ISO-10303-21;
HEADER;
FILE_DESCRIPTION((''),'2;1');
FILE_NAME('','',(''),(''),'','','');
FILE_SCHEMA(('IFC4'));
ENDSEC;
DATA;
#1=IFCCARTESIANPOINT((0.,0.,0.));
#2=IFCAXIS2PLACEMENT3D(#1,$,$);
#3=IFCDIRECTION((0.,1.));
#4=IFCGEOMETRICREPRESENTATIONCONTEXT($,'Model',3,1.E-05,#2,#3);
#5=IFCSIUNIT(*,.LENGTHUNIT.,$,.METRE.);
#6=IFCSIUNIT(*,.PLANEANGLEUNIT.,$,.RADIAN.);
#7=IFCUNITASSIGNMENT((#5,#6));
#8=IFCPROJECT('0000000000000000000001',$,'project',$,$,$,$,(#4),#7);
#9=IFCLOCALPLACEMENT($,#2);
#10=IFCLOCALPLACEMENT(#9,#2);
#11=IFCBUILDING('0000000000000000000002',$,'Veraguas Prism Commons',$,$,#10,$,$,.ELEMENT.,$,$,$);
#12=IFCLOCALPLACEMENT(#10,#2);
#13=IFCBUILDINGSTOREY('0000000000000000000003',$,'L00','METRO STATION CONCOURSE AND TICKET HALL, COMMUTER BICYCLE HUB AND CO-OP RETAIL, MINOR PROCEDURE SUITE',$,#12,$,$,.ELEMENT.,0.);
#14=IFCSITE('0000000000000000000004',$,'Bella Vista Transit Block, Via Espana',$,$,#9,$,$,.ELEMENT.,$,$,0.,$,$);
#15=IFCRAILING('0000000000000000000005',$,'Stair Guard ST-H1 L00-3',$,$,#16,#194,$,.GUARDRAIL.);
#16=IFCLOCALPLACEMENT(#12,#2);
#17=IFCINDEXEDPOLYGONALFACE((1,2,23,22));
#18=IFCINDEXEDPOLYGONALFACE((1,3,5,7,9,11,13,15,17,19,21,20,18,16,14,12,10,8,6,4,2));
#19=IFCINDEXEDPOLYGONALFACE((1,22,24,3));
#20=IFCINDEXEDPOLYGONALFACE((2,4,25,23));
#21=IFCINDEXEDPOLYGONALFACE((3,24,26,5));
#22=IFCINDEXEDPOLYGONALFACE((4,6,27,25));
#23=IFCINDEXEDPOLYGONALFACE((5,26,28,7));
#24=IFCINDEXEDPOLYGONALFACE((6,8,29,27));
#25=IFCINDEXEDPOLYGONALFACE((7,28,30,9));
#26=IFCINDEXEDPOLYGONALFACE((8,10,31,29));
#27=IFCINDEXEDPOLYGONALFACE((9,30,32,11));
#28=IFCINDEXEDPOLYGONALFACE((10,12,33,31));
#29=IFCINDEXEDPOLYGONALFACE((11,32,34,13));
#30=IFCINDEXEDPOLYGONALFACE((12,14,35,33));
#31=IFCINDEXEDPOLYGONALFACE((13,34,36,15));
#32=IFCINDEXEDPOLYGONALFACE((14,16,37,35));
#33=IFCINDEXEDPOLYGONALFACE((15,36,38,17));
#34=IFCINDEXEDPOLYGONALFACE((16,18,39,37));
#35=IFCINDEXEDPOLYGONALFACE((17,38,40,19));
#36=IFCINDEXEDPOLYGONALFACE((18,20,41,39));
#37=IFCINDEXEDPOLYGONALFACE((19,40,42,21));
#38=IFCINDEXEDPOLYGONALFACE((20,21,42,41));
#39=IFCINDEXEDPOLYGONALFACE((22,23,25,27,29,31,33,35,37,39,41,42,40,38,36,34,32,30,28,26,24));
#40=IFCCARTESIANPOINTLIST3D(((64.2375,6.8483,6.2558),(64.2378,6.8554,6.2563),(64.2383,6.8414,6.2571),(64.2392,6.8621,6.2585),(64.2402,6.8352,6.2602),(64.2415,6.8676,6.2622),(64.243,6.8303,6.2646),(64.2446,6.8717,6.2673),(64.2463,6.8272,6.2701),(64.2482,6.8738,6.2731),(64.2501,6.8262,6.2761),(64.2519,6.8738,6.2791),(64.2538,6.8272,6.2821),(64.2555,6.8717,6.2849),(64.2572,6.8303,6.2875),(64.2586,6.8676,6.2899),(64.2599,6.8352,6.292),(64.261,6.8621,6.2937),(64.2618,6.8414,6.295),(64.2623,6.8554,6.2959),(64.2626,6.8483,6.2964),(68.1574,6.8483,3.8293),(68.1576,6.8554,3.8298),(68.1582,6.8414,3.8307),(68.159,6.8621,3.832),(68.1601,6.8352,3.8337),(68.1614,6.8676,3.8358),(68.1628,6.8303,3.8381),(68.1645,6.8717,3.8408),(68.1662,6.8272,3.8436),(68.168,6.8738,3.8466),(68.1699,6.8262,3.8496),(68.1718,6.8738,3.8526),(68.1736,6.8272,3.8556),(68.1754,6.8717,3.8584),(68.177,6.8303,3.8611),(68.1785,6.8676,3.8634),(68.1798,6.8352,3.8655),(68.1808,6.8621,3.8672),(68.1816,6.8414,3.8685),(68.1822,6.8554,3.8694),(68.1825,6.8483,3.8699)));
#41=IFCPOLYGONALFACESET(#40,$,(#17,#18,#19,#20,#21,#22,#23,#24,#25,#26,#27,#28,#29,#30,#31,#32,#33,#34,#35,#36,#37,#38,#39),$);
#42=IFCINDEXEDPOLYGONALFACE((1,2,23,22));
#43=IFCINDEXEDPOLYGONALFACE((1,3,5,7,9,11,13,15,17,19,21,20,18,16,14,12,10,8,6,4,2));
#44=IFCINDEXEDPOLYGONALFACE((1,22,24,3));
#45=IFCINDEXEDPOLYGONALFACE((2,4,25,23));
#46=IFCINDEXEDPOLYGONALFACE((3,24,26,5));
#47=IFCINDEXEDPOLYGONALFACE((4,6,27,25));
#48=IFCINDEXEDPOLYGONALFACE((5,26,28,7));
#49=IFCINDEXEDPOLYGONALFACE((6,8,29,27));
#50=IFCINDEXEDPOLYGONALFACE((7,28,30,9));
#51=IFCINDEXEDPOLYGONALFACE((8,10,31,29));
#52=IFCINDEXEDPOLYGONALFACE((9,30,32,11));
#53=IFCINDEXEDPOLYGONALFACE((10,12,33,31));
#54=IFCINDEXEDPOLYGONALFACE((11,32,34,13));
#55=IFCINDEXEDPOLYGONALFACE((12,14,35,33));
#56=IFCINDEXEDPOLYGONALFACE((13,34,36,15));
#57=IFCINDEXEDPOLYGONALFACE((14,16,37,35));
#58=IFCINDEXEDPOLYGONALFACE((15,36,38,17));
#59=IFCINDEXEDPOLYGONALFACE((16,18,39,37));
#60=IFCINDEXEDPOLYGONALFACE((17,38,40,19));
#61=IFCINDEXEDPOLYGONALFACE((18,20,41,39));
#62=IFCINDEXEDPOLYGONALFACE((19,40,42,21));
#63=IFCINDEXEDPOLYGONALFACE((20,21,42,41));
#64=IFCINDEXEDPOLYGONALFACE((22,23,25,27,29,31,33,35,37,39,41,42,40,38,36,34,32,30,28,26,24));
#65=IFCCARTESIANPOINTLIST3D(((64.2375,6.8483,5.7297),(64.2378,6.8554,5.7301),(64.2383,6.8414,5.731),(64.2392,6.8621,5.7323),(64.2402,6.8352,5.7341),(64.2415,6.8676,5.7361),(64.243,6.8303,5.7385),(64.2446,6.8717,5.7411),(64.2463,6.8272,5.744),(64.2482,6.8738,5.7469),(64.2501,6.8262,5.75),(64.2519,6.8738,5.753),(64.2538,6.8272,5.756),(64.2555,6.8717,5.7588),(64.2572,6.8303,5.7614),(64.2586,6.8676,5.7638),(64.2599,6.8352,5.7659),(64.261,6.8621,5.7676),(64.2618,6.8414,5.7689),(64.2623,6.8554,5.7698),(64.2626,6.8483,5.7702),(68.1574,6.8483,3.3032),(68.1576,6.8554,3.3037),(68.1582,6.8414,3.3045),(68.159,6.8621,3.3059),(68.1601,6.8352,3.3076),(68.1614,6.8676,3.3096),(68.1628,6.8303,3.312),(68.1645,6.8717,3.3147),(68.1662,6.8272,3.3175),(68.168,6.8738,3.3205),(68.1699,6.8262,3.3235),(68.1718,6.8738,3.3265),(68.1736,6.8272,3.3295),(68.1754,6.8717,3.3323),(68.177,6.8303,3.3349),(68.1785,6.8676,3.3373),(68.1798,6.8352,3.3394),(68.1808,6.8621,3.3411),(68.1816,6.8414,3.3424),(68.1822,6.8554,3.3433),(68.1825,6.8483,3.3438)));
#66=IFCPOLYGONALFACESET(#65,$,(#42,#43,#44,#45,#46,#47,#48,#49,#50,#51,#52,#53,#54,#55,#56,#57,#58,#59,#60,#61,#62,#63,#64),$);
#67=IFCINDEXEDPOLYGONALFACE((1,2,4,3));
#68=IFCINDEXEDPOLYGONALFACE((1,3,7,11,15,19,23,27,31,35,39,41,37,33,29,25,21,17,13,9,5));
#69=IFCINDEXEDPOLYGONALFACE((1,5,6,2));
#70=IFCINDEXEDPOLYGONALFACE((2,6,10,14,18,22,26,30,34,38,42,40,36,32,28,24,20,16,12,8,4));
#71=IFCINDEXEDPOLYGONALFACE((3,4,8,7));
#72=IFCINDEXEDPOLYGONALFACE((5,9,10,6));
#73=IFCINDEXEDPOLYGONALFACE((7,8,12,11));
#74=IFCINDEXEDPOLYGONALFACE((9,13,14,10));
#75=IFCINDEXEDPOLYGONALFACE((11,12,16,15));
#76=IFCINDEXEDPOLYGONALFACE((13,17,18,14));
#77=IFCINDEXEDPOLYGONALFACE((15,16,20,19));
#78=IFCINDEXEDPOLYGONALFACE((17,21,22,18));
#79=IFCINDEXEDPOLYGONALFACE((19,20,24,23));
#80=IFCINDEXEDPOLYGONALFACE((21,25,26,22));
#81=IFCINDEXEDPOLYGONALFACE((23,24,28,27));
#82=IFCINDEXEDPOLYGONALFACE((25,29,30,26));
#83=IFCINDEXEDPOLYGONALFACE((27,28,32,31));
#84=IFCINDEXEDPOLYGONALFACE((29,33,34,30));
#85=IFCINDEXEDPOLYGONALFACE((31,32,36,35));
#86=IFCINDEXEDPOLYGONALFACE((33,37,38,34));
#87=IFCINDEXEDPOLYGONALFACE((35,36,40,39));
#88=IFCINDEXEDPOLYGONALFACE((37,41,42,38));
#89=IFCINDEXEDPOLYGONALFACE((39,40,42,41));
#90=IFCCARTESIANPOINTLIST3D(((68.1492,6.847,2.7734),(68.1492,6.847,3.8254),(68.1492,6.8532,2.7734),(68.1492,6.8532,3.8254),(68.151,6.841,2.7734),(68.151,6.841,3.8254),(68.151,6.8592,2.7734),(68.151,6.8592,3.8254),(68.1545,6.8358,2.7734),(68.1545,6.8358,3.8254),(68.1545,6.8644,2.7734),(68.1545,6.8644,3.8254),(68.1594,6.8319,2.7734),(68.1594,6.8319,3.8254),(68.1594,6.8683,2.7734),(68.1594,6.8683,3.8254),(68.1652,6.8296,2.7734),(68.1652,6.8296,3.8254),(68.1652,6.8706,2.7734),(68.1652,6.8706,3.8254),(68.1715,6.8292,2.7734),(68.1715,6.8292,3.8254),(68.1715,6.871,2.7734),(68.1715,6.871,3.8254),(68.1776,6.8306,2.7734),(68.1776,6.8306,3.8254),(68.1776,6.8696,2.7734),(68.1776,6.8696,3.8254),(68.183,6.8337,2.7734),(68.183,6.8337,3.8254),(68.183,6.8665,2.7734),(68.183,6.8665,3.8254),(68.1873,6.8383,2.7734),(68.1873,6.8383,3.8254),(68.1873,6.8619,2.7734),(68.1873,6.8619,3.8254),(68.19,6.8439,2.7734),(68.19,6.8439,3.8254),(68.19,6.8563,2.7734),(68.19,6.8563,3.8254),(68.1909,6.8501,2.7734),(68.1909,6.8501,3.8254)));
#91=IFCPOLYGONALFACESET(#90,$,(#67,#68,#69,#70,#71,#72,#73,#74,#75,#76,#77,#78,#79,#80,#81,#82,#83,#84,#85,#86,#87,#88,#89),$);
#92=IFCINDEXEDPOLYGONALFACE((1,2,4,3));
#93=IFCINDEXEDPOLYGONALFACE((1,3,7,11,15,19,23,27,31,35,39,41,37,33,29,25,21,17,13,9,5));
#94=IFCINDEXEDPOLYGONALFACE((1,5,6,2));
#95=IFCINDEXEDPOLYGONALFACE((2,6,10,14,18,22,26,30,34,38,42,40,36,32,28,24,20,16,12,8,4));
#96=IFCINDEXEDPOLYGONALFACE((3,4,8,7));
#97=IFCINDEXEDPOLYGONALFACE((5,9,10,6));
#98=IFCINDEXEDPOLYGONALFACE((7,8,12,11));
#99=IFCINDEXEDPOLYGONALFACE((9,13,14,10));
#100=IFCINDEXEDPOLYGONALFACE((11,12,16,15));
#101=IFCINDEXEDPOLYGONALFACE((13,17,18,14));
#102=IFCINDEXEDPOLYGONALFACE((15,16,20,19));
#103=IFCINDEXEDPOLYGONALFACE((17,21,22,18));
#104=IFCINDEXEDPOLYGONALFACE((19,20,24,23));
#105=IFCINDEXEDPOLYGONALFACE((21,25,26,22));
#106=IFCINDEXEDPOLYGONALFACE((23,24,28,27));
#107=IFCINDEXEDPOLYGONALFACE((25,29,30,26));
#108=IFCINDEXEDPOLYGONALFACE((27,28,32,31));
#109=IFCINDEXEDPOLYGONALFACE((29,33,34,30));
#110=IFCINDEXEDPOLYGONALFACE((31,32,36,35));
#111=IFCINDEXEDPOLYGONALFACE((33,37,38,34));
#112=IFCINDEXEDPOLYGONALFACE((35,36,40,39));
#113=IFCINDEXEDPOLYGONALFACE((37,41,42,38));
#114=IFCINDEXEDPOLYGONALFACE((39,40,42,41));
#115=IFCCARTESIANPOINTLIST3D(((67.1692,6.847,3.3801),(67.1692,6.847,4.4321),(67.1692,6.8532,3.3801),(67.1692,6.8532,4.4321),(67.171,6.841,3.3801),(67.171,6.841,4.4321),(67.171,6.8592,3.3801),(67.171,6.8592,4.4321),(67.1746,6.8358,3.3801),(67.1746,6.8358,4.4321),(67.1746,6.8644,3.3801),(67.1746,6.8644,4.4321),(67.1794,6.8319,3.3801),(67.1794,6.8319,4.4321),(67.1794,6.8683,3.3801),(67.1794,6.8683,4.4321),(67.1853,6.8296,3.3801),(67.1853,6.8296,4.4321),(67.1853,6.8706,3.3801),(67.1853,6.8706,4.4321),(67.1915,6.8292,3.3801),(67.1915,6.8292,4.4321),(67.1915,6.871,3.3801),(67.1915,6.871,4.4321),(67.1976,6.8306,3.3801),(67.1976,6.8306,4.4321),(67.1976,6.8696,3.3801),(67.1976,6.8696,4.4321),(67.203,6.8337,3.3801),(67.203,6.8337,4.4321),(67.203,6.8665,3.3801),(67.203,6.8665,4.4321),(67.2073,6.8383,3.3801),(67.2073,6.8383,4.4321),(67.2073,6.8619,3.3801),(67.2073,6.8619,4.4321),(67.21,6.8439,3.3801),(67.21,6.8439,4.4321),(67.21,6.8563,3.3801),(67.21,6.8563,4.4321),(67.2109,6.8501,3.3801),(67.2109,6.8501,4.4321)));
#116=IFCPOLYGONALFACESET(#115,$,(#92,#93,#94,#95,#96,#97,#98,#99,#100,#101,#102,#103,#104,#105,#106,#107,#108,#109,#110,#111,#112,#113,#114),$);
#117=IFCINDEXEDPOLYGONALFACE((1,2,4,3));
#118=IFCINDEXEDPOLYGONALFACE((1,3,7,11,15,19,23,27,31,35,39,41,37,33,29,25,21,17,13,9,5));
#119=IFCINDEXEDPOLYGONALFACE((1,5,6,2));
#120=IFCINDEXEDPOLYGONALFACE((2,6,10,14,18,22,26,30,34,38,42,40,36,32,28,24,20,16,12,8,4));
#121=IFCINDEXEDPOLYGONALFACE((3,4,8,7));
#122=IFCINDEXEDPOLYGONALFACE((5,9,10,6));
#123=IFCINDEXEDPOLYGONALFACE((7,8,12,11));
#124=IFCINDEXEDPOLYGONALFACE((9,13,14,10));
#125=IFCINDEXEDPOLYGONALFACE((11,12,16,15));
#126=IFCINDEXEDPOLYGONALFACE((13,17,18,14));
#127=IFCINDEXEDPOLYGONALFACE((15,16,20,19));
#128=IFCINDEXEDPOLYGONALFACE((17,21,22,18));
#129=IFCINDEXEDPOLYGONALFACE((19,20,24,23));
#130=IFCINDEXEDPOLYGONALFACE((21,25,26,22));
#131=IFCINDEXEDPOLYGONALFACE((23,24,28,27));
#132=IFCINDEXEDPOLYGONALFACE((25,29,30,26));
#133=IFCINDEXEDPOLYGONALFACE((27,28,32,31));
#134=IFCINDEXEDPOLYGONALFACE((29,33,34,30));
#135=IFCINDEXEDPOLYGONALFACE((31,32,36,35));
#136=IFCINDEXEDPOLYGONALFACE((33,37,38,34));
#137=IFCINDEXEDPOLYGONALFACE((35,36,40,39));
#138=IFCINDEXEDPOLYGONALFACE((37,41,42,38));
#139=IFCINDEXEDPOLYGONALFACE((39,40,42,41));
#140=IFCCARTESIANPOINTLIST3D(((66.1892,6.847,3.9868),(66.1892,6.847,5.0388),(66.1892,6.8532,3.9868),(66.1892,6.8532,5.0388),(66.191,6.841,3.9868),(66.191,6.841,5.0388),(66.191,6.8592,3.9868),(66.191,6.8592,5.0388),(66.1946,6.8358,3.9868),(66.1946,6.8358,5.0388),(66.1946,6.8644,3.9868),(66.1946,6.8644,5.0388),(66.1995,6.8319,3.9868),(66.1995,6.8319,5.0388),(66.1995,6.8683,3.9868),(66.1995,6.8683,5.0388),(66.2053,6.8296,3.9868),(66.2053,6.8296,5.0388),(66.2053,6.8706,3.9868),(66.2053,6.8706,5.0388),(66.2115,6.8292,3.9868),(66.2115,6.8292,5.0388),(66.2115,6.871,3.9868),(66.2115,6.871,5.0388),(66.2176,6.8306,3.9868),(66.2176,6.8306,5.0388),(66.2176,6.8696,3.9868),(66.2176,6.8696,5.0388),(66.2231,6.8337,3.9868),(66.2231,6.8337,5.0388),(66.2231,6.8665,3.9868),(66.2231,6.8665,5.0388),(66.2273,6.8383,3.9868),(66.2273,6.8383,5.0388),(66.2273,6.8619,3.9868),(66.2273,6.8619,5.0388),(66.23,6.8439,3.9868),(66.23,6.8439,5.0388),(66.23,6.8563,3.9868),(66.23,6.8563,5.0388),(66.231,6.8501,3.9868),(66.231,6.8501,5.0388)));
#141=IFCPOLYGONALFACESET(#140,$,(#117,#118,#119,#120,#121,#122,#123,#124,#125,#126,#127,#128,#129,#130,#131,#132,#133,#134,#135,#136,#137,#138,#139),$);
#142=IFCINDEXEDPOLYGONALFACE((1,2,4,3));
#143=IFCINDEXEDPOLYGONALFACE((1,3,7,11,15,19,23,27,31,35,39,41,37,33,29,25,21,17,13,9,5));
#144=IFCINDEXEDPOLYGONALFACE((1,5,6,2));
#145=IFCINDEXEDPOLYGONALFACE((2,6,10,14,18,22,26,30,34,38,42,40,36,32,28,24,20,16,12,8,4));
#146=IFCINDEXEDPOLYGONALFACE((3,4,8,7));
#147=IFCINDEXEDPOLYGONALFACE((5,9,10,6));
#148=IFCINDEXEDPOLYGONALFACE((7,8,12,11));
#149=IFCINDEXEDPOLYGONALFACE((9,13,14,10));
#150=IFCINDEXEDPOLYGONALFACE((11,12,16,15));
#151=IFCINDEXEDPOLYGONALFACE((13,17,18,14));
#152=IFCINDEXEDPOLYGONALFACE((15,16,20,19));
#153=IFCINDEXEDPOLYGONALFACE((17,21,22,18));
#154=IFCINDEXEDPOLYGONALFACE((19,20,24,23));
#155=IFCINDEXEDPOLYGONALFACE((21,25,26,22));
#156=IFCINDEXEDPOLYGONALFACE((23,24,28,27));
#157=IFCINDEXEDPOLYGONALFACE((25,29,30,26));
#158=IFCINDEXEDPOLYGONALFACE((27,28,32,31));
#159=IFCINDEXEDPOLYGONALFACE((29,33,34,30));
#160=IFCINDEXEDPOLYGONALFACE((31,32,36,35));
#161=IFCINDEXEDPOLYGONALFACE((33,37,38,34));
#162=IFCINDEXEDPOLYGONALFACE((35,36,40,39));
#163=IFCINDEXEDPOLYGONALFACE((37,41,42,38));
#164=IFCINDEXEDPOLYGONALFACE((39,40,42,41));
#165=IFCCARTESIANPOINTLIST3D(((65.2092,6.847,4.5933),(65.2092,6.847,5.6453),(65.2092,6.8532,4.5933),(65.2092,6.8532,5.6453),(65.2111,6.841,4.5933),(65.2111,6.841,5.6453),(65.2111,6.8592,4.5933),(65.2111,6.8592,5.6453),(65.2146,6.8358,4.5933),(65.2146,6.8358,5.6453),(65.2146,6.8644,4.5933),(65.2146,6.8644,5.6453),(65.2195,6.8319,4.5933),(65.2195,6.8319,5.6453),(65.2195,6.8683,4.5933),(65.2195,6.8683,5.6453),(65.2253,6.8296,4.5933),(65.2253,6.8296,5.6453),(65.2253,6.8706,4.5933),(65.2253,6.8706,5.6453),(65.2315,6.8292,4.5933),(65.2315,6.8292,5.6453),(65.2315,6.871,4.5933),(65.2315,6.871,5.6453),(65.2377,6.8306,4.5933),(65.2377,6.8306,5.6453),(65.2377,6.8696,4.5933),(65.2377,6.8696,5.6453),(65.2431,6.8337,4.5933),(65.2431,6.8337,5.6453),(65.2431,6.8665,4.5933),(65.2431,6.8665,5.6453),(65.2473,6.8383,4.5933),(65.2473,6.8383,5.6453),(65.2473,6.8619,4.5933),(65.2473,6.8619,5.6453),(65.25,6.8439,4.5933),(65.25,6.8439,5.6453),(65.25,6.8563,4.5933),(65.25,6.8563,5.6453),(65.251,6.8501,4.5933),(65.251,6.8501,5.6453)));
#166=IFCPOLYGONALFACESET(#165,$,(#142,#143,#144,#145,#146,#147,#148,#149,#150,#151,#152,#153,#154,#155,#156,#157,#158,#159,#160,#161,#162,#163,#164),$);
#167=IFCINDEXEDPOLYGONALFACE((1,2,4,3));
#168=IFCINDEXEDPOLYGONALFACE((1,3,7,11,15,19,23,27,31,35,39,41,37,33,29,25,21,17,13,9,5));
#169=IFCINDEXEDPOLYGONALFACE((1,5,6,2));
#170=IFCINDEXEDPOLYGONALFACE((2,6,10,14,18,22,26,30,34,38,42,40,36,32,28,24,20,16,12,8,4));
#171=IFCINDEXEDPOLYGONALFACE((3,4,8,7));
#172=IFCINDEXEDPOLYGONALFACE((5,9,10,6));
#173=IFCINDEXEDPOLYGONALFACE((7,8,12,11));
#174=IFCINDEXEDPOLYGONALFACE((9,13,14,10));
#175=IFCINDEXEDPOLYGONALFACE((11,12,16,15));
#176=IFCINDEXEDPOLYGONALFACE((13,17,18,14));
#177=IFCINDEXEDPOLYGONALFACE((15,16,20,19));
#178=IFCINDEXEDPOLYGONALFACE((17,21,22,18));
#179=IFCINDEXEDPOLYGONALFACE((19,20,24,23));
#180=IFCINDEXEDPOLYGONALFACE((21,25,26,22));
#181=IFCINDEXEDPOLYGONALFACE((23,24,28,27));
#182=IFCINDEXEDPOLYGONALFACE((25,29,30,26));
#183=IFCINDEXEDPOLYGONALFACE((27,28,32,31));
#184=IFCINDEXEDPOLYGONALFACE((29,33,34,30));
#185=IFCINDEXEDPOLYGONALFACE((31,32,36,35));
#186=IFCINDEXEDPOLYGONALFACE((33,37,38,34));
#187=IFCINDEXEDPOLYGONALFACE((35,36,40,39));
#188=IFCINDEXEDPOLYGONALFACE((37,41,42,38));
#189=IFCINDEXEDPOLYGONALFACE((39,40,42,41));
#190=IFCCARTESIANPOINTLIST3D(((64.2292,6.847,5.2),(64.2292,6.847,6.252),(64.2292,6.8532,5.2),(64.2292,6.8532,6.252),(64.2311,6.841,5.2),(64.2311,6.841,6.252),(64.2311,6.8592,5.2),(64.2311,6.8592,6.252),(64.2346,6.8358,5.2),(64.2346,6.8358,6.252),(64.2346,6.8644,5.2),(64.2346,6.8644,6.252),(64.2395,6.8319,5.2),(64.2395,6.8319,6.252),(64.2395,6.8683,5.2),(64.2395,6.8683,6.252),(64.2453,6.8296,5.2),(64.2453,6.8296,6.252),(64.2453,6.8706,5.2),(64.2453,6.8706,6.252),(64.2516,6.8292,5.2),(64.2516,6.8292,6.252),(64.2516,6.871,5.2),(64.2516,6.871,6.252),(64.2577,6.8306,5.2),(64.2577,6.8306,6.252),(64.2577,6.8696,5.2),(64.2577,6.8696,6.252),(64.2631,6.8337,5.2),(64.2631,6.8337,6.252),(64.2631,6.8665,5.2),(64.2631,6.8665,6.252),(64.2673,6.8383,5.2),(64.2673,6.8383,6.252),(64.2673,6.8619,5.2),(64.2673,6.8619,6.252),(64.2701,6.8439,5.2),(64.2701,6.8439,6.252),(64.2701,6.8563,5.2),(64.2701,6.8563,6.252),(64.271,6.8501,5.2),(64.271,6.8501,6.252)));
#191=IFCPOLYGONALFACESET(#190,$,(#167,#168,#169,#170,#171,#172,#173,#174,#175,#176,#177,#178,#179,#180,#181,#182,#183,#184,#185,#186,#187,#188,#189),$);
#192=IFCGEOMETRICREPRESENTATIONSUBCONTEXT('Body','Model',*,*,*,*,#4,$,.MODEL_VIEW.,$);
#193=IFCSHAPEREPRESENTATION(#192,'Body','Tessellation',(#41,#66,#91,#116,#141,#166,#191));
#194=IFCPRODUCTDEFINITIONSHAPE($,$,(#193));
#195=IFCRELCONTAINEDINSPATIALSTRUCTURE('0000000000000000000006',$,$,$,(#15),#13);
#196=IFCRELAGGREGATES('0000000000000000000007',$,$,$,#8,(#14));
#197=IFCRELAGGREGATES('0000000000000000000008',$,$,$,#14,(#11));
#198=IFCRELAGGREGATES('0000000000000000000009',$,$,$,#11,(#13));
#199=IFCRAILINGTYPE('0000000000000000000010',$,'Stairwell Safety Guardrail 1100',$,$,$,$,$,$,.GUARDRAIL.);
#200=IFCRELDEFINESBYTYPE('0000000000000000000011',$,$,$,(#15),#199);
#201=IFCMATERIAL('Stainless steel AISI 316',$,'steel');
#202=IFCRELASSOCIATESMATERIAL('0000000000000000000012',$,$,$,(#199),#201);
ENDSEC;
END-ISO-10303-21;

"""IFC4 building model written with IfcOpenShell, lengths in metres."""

from ifc_helpers import new_model, si_unit, direction, frame, origin, origin_2d, place, context, subcontext, project, spatial, circle, extrude, material, type_object, element, save


model = new_model("IFC4")

# Units and contexts
model_context = context("Model", 3, precision=1e-05, world=origin(), true_north=direction((0.0, 1.0)))
body_context = subcontext(model_context, "Body", "Model", "MODEL_VIEW")
ifc_project = project(units=[si_unit("LENGTHUNIT", "METRE"), si_unit("PLANEANGLEUNIT", "RADIAN")], contexts=[model_context])

# Site, building, storey
site_placement = place(None, origin())
site = spatial("IfcSite", under=ifc_project, at=site_placement, Name="Bella Vista Transit Block, Via Espana", CompositionType="ELEMENT", RefElevation=0.0)
building_placement = place(site_placement, origin())
building = spatial("IfcBuilding", under=site, at=building_placement, Name="Veraguas Prism Commons", CompositionType="ELEMENT")
storey_placement = place(building_placement, origin())
storey = spatial("IfcBuildingStorey", under=building, at=storey_placement, Name="L00", Description="METRO STATION CONCOURSE AND TICKET HALL, COMMUTER BICYCLE HUB AND CO-OP RETAIL, MINOR PROCEDURE SUITE", CompositionType="ELEMENT", Elevation=0.0)

# Shared definitions
ifc_material_1 = material(Name="Stainless steel AISI 316", Category="steel")

# Railing
railing_type_1 = type_object("IfcRailingType", Name="Stairwell Safety Guardrail 1100", PredefinedType="GUARDRAIL", material=ifc_material_1)
railing_1_placement = place(storey_placement, frame((68.1699, 6.8501, 2.7734)))
element("IfcRailing", 1, at=railing_1_placement, inside=storey, type_object=railing_type_1, Name="Stair Guard ST-H1 L00-3", PredefinedType="GUARDRAIL", context=body_context, shape_type="SweptSolid", body=[
    extrude(circle(Radius=0.0239, at=origin_2d()), frame((0.0, 0.0, 1.0762), z_axis=(-0.850275, 0.0, 0.526338), x_axis=(0.0, -1.0, 0.0)), (0.0, 0.0, 1.0), 4.6101),
    extrude(circle(Radius=0.0239, at=origin_2d()), frame((0.0, 0.0, 0.55), z_axis=(-0.850275, 0.0, 0.526338), x_axis=(0.0, -1.0, 0.0)), (0.0, 0.0, 1.0), 4.6101),
    extrude(circle(Radius=0.021, at=origin_2d()), origin(), (0.0, 0.0, 1.0), 1.052),
    extrude(circle(Radius=0.021, at=origin_2d()), frame((-0.98, 0.0, 0.6067)), (0.0, 0.0, 1.0), 1.052),
    extrude(circle(Radius=0.021, at=origin_2d()), frame((-1.96, 0.0, 1.2134)), (0.0, 0.0, 1.0), 1.052),
    extrude(circle(Radius=0.021, at=origin_2d()), frame((-2.9399, 0.0, 1.8198)), (0.0, 0.0, 1.0), 1.052),
    extrude(circle(Radius=0.021, at=origin_2d()), frame((-3.9199, 0.0, 2.4265)), (0.0, 0.0, 1.0), 1.052),
])

save(model, "model.ifc")
